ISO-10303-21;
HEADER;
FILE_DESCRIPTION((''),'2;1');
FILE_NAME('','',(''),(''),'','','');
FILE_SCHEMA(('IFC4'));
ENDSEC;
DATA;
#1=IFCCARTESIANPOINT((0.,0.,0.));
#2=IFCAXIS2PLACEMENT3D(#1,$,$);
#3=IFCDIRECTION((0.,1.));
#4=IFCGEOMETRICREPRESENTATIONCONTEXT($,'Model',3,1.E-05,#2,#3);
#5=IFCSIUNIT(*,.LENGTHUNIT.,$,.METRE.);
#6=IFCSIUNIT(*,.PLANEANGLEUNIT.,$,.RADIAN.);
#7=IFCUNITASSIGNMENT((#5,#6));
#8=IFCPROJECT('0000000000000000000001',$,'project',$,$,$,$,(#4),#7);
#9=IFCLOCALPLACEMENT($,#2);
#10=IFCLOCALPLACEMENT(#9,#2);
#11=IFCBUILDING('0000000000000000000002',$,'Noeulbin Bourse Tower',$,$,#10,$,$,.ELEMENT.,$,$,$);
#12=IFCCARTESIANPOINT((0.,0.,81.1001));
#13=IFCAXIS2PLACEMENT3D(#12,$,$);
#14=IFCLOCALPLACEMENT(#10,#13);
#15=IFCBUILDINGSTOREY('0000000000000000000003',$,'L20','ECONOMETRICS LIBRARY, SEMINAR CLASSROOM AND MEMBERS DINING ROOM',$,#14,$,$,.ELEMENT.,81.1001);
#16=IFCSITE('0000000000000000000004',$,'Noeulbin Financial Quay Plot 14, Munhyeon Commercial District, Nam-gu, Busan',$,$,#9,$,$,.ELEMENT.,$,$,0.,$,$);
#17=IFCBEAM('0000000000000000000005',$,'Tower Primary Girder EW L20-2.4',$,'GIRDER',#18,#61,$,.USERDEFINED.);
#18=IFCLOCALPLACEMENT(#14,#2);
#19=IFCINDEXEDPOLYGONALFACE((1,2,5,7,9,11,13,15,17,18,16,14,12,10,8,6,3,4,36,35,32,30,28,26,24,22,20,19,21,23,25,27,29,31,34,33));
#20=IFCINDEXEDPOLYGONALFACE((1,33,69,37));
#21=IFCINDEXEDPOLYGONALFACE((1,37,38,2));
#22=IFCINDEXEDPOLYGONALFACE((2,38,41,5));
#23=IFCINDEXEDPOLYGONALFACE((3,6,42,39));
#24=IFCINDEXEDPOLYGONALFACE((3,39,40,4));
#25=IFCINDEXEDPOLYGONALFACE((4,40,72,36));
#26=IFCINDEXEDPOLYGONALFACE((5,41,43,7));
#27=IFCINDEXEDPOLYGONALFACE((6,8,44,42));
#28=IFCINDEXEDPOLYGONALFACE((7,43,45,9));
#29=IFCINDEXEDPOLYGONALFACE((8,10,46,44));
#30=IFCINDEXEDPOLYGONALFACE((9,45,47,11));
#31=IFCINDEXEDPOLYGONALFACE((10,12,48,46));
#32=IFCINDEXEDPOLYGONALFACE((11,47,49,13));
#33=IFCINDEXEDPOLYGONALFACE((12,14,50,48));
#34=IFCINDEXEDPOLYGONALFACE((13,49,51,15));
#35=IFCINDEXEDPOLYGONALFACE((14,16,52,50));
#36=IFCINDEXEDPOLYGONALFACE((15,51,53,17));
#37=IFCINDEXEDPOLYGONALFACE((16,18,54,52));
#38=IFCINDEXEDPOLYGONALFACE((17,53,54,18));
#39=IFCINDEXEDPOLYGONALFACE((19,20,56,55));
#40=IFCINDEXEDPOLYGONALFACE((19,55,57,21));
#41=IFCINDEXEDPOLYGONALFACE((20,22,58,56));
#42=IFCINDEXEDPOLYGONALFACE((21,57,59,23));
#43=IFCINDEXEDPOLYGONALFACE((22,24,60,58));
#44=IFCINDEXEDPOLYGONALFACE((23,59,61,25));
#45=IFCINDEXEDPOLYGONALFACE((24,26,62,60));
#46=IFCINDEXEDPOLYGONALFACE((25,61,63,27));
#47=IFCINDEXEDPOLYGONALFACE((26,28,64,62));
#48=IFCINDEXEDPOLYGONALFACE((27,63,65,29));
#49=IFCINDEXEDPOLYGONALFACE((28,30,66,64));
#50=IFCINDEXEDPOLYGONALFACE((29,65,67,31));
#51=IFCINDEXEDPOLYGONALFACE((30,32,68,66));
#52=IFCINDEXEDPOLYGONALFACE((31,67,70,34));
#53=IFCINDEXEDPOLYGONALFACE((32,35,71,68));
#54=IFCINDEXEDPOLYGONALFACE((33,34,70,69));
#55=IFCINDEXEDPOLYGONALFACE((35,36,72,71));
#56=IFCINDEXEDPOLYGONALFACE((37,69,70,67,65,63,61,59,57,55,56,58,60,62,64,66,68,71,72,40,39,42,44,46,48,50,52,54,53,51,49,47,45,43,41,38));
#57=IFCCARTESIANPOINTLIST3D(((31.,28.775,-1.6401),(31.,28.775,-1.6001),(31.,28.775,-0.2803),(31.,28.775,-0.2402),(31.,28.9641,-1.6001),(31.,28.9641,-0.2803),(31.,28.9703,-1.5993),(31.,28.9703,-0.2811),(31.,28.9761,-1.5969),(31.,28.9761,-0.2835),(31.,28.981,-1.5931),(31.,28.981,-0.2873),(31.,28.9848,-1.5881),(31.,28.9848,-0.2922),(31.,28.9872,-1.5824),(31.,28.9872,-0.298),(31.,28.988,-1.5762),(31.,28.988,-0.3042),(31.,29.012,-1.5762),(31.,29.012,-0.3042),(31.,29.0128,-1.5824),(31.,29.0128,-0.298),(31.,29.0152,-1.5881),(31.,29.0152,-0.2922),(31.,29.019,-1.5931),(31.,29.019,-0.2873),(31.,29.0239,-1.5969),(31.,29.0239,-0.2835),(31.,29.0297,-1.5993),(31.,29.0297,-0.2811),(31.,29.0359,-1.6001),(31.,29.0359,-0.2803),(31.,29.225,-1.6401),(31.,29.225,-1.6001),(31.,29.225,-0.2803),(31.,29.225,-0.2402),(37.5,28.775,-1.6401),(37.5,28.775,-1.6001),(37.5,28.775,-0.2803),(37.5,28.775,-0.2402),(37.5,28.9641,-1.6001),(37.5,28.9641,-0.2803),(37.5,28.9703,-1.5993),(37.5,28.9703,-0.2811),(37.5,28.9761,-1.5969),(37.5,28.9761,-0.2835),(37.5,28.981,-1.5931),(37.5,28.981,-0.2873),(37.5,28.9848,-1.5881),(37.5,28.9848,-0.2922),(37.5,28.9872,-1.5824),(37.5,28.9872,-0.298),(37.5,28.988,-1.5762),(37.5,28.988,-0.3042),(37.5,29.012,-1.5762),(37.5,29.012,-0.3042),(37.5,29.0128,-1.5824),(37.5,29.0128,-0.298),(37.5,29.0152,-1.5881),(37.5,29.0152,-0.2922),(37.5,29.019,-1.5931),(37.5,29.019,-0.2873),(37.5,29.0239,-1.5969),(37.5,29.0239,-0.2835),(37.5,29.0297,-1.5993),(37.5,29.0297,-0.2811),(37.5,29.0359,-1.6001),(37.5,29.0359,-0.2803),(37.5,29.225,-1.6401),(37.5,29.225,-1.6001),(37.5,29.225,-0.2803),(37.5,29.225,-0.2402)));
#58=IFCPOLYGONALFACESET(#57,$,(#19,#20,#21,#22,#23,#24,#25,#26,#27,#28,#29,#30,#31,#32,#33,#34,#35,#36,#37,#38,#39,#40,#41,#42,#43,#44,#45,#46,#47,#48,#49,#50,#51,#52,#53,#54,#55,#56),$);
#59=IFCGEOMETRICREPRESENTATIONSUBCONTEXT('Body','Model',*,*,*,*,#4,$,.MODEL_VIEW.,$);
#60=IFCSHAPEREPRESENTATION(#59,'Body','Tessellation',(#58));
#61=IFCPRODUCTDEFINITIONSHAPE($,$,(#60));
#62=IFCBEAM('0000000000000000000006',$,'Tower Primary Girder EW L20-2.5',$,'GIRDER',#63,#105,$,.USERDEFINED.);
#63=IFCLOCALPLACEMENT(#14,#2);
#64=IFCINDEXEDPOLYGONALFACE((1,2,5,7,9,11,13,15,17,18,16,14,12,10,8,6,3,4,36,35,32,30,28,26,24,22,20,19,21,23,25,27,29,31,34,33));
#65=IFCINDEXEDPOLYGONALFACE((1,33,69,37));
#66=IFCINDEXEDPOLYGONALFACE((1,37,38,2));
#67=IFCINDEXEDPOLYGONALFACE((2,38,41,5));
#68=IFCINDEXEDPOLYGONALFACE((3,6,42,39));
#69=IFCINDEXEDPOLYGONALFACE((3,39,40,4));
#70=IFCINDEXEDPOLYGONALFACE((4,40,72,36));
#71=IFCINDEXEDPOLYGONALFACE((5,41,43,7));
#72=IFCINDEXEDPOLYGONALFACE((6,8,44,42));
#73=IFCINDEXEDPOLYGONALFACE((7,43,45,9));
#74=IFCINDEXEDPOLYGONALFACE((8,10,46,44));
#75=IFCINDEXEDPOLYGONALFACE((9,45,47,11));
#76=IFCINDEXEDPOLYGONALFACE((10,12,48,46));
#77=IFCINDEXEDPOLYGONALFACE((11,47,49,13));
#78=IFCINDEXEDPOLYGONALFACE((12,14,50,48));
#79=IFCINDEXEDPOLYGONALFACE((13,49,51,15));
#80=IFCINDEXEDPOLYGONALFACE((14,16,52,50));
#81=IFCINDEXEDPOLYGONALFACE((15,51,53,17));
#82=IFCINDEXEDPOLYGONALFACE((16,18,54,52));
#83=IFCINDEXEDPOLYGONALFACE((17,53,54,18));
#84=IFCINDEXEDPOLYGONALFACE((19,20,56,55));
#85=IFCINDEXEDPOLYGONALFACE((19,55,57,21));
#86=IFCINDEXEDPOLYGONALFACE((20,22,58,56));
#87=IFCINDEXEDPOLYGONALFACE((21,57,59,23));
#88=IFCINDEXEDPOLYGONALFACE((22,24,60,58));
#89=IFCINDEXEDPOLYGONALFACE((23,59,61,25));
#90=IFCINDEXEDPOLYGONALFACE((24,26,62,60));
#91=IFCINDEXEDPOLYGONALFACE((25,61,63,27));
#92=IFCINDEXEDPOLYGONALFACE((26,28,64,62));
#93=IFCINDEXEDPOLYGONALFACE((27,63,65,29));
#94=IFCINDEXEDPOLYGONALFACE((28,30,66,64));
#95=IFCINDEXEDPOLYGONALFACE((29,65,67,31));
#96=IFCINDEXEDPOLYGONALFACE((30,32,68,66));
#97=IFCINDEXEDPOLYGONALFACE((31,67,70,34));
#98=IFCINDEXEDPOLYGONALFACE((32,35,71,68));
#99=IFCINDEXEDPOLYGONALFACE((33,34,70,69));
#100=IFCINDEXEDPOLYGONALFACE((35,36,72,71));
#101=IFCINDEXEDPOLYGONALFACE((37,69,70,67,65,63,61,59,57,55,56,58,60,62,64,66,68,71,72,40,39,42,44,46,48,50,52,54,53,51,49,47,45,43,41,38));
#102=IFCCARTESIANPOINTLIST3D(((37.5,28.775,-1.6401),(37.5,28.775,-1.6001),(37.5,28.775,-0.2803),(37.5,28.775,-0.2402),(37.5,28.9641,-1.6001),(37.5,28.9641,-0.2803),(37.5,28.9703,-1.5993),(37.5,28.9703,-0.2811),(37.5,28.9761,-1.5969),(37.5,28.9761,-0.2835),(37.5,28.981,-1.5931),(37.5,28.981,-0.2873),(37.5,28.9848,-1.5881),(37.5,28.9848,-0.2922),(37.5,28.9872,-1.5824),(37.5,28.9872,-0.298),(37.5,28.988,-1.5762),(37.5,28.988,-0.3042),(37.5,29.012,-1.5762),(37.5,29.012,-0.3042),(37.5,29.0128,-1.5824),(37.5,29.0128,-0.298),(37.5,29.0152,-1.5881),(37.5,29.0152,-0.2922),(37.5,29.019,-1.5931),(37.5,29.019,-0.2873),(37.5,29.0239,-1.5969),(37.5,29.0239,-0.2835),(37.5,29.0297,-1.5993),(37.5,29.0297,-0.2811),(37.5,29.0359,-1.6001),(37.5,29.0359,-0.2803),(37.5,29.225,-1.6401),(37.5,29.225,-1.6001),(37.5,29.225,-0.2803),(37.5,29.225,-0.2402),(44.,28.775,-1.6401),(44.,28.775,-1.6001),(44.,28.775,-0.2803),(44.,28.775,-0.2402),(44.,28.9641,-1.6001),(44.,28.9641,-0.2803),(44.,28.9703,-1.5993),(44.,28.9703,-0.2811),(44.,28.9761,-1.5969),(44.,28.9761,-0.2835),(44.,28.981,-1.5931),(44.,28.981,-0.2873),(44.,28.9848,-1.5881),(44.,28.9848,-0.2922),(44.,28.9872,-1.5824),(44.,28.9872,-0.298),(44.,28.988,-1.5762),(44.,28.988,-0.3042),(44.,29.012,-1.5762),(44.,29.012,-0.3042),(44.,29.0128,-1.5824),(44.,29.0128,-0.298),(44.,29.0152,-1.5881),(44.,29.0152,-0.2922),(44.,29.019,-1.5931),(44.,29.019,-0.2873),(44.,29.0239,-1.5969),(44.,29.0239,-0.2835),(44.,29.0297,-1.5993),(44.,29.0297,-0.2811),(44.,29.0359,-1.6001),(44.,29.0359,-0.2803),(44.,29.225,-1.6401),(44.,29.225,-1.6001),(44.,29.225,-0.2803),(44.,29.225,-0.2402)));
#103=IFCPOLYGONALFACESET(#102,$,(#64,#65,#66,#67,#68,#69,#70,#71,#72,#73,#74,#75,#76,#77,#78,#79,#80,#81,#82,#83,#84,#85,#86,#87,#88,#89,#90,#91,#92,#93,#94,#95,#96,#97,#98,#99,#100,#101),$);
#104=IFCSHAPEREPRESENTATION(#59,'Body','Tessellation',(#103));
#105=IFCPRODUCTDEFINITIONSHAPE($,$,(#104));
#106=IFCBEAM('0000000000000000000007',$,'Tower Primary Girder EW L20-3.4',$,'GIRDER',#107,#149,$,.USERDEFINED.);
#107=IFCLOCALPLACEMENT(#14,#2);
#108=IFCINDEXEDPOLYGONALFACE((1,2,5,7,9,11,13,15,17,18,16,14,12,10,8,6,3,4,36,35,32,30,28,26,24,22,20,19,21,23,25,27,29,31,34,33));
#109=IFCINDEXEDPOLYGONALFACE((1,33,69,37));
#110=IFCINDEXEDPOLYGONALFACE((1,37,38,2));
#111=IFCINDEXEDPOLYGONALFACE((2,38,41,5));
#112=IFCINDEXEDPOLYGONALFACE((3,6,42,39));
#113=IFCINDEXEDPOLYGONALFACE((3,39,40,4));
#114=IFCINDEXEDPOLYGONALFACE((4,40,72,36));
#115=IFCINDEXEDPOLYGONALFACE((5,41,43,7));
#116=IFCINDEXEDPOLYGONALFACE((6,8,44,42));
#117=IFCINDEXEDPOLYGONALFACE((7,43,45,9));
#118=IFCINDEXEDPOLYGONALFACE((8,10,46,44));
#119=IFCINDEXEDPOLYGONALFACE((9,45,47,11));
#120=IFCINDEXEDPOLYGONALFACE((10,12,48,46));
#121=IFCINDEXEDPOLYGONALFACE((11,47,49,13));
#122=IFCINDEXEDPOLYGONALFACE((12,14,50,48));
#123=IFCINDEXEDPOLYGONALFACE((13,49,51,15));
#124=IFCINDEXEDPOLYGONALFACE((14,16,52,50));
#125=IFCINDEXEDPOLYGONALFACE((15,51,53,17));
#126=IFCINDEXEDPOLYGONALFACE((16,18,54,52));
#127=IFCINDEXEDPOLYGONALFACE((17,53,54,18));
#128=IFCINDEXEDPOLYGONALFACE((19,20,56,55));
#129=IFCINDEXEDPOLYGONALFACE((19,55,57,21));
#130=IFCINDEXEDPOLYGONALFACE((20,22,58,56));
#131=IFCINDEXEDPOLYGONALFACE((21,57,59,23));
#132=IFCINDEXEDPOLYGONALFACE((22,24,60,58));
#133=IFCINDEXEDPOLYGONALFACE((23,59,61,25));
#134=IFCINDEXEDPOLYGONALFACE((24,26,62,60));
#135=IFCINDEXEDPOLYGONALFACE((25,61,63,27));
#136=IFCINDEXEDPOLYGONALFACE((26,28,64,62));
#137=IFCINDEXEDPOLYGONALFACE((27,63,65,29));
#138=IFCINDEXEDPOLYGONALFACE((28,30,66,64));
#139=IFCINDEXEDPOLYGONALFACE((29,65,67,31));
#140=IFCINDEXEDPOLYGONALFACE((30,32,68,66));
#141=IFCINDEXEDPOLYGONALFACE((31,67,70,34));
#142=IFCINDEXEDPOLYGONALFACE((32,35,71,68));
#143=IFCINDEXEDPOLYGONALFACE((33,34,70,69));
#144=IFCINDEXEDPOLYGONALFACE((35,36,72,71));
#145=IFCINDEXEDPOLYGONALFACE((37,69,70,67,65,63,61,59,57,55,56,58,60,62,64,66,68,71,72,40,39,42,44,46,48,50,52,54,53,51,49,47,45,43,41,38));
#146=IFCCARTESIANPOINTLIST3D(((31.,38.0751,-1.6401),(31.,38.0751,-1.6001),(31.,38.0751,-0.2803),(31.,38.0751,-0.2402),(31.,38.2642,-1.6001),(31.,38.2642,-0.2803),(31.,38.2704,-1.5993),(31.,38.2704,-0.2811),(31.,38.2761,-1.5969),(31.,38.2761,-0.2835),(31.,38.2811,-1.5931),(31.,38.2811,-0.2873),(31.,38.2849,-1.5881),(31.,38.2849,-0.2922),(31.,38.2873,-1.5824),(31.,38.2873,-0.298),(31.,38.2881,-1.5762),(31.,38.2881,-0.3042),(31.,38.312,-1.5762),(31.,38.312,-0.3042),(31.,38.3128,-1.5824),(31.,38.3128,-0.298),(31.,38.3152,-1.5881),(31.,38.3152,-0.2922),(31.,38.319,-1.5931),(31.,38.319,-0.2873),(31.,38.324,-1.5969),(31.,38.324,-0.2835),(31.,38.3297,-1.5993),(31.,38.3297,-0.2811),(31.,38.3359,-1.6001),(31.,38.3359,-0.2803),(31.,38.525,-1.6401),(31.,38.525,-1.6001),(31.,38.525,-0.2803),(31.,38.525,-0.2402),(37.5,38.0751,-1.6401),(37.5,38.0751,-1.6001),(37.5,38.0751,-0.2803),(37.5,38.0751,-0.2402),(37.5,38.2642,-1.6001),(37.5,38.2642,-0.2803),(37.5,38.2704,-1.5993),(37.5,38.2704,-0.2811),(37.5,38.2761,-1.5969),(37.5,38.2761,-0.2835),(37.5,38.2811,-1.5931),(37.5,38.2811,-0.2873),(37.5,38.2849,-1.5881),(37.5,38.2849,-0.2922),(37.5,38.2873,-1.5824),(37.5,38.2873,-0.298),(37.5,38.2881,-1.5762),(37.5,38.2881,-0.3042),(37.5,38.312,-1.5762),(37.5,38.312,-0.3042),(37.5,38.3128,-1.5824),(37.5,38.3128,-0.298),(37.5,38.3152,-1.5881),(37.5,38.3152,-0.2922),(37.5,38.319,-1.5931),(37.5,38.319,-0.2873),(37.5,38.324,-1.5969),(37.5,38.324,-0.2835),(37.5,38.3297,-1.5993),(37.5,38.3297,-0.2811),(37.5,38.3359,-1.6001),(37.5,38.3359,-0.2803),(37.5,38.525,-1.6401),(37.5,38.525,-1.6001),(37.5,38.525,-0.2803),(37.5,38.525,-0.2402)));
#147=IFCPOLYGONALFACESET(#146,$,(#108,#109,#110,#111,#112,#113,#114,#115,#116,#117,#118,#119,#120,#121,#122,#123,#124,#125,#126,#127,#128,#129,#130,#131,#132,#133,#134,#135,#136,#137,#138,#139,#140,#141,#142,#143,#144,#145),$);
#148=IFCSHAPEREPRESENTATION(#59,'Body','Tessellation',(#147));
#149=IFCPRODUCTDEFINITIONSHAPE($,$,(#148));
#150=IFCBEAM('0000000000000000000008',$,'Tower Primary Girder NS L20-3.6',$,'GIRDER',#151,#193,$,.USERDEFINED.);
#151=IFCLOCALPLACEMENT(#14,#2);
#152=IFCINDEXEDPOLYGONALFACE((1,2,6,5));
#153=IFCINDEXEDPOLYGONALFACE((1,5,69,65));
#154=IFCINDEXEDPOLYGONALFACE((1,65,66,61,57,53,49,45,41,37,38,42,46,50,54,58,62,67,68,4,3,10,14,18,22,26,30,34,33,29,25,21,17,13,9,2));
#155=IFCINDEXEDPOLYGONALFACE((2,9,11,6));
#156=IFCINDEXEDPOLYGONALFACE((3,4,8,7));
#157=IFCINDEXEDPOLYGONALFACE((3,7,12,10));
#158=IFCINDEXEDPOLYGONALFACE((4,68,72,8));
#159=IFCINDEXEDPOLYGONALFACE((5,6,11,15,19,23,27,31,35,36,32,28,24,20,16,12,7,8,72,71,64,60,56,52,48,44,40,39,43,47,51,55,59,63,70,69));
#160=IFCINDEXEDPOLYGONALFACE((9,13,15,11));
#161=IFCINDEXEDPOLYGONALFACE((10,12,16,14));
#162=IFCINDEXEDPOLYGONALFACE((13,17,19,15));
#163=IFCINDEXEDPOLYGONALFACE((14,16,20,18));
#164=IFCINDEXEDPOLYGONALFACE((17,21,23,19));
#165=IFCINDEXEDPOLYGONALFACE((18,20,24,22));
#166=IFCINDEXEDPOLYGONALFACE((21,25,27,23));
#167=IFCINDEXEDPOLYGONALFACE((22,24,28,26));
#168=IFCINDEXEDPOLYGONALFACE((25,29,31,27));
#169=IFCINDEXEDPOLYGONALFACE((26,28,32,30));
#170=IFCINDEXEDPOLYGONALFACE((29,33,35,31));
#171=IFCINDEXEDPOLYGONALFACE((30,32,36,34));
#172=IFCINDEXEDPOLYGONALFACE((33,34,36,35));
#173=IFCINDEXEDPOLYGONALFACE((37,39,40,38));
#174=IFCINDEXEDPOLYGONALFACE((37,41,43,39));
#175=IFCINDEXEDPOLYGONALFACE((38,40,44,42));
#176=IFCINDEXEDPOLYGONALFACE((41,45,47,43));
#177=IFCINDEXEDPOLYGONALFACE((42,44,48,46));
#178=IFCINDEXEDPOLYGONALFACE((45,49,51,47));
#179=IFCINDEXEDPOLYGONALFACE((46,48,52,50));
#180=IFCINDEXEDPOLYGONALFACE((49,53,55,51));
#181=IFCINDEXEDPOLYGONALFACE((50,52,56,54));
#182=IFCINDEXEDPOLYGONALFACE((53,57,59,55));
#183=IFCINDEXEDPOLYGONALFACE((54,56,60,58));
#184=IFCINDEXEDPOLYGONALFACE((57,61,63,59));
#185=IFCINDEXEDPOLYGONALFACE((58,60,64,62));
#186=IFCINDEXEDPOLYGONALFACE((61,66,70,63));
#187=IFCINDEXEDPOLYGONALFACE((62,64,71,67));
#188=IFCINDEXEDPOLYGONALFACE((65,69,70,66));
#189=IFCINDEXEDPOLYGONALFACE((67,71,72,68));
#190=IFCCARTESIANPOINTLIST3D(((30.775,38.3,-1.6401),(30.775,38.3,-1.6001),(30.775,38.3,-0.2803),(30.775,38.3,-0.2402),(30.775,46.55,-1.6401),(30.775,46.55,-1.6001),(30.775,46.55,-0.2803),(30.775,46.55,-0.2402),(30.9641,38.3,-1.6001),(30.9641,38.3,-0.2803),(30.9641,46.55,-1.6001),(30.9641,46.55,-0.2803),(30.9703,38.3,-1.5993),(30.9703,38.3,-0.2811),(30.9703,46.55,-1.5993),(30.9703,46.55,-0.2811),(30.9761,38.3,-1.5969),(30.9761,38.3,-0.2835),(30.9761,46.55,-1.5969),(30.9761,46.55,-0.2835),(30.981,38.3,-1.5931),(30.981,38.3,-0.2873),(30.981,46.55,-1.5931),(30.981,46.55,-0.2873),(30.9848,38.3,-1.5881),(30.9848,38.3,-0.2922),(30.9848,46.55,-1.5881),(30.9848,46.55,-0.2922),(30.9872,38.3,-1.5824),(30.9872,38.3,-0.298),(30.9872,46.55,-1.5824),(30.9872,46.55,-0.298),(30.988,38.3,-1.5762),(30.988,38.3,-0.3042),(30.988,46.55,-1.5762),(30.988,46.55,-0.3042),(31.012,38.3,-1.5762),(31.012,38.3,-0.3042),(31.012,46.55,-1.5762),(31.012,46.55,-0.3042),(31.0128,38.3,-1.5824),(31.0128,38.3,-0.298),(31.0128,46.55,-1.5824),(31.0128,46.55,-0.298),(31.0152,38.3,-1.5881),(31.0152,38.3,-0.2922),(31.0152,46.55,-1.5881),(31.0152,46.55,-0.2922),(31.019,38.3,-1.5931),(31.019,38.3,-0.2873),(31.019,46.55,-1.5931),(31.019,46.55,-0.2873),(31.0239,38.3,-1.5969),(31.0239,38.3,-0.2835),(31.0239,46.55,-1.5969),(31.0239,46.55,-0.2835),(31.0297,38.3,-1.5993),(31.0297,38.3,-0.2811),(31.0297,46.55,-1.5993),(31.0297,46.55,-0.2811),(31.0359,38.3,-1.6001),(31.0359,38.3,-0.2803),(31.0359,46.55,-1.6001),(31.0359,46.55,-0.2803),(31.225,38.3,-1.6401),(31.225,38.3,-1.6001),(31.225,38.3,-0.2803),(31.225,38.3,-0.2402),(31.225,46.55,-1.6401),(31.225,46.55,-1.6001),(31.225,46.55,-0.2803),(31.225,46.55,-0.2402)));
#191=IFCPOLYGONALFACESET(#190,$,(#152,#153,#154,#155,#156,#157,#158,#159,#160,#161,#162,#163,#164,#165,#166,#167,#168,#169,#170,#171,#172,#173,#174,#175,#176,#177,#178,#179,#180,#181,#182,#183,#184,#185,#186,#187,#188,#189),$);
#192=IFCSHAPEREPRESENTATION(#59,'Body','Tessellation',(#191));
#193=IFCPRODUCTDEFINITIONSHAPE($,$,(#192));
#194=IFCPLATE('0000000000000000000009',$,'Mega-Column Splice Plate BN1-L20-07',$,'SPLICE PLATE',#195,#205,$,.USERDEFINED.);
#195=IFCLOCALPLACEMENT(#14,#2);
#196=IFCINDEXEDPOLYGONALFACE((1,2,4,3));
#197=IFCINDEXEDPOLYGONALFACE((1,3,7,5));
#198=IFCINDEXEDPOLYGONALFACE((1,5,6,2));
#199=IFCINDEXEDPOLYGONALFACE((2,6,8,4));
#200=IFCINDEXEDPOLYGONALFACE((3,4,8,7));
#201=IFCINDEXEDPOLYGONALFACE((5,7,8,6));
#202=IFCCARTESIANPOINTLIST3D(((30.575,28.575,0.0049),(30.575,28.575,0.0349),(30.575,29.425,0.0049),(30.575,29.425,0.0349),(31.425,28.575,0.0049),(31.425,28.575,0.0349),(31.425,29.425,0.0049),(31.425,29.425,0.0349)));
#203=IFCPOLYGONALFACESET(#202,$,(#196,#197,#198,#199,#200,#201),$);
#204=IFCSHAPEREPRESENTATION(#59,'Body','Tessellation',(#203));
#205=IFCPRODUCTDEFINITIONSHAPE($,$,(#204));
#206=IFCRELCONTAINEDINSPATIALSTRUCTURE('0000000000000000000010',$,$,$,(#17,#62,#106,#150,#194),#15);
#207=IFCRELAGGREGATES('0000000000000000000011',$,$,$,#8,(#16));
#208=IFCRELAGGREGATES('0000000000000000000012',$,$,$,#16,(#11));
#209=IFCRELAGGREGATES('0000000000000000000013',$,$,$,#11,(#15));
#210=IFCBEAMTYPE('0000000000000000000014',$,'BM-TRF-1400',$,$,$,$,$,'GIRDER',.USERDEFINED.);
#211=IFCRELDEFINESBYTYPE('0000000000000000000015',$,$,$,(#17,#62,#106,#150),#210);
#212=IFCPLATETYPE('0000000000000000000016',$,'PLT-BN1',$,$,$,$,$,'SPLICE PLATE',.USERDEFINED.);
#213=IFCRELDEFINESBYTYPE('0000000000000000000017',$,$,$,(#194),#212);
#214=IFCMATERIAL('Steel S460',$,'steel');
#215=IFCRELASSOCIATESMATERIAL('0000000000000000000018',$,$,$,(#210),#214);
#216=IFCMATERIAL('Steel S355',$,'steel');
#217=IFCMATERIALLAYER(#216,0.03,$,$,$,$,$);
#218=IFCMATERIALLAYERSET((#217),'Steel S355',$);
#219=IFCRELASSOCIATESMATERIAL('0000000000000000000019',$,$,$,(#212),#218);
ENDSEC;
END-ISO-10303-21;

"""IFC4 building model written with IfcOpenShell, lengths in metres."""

from ifc_helpers import new_model, si_unit, direction, frame, origin, origin_2d, place, context, subcontext, project, spatial, rectangle, i_section, extrude, material, layer, layer_set, material_profile, profile_set, type_object, element, save


model = new_model("IFC4")

# Units and contexts
model_context = context("Model", 3, precision=1e-05, world=origin(), true_north=direction((0.0, 1.0)))
body_context = subcontext(model_context, "Body", "Model", "MODEL_VIEW")
ifc_project = project(units=[si_unit("LENGTHUNIT", "METRE"), si_unit("PLANEANGLEUNIT", "RADIAN")], contexts=[model_context])

# Site, building, storey
site_placement = place(None, origin())
site = spatial("IfcSite", under=ifc_project, at=site_placement, Name="Noeulbin Financial Quay Plot 14, Munhyeon Commercial District, Nam-gu, Busan", CompositionType="ELEMENT", RefElevation=0.0)
building_placement = place(site_placement, origin())
building = spatial("IfcBuilding", under=site, at=building_placement, Name="Noeulbin Bourse Tower", CompositionType="ELEMENT")
storey_placement = place(building_placement, frame((0.0, 0.0, 81.1001)))
storey = spatial("IfcBuildingStorey", under=building, at=storey_placement, Name="L20", Description="ECONOMETRICS LIBRARY, SEMINAR CLASSROOM AND MEMBERS DINING ROOM", CompositionType="ELEMENT", Elevation=81.1001)

# Shared definitions
ifc_material_1 = material(Name="Steel S460", Category="steel")

# Beams
ifc_material_2 = material(Name="Steel S355", Category="steel")
ifc_material_profile_1 = material_profile(ifc_material_1, i_section(OverallWidth=0.45, OverallDepth=1.3999, WebThickness=0.0239, FlangeThickness=0.04, FilletRadius=0.0239, at=origin_2d()), Name="PG-1400x450x24x40", Category="LoadBearing")
ifc_profile_set_1 = profile_set([ifc_material_profile_1], Name="Steel S460")
beam_type_1 = type_object("IfcBeamType", Name="BM-TRF-1400", ElementType="GIRDER", PredefinedType="USERDEFINED", material=ifc_profile_set_1)
for number, where, z_axis, x_axis, name in (
    (1, (31.0, 29.0, -0.9402), (1.0, 0.0, 0.0), (0.0, 1.0, 0.0), "Tower Primary Girder EW L20-2.4"),
    (2, (37.5, 29.0, -0.9402), (1.0, 0.0, 0.0), (0.0, 1.0, 0.0), "Tower Primary Girder EW L20-2.5"),
    (3, (31.0, 38.3, -0.9402), (1.0, 0.0, 0.0), (0.0, 1.0, 0.0), "Tower Primary Girder EW L20-3.4"),
):
    element("IfcBeam", number, at=place(storey_placement, frame(where, z_axis=z_axis, x_axis=x_axis)), inside=storey, type_object=beam_type_1, Name=name, ObjectType="GIRDER", PredefinedType="USERDEFINED", context=body_context, shape_type="SweptSolid", body=[
        extrude(i_section(OverallWidth=0.45, OverallDepth=1.3999, WebThickness=0.0239, FlangeThickness=0.04, FilletRadius=0.0239, at=origin_2d()), origin(), (0.0, 0.0, 1.0), 6.5),
    ])
beam_1_placement = place(storey_placement, frame((31.0, 38.3, -0.9402), z_axis=(0.0, 1.0, 0.0), x_axis=(-1.0, 0.0, 0.0)))
element("IfcBeam", 4, at=beam_1_placement, inside=storey, type_object=beam_type_1, Name="Tower Primary Girder NS L20-3.6", ObjectType="GIRDER", PredefinedType="USERDEFINED", context=body_context, shape_type="SweptSolid", body=[
    extrude(i_section(OverallWidth=0.45, OverallDepth=1.3999, WebThickness=0.0239, FlangeThickness=0.04, FilletRadius=0.0239, at=origin_2d()), origin(), (0.0, 0.0, 1.0), 8.25),
])

# Plate
ifc_layer_1 = layer(ifc_material_2, 0.03)
ifc_layer_set_1 = layer_set([ifc_layer_1], Name="Steel S355")
plate_type = type_object("IfcPlateType", Name="PLT-BN1", ElementType="SPLICE PLATE", PredefinedType="USERDEFINED", material=ifc_layer_set_1)
for number, where, z_axis, x_axis, name in (
    (5, (31.0, 29.0, 0.0049), (0.0, 0.0, 1.0), (1.0, 0.0, 0.0), "Mega-Column Splice Plate BN1-L20-07"),
):
    element("IfcPlate", number, at=place(storey_placement, frame(where, z_axis=z_axis, x_axis=x_axis)), inside=storey, type_object=plate_type, Name=name, ObjectType="SPLICE PLATE", PredefinedType="USERDEFINED", context=body_context, shape_type="SweptSolid", body=[
        extrude(rectangle(XDim=0.8501, YDim=0.8501, at=origin_2d()), origin(), (0.0, 0.0, 1.0), 0.03),
    ])

save(model, "model.ifc")
